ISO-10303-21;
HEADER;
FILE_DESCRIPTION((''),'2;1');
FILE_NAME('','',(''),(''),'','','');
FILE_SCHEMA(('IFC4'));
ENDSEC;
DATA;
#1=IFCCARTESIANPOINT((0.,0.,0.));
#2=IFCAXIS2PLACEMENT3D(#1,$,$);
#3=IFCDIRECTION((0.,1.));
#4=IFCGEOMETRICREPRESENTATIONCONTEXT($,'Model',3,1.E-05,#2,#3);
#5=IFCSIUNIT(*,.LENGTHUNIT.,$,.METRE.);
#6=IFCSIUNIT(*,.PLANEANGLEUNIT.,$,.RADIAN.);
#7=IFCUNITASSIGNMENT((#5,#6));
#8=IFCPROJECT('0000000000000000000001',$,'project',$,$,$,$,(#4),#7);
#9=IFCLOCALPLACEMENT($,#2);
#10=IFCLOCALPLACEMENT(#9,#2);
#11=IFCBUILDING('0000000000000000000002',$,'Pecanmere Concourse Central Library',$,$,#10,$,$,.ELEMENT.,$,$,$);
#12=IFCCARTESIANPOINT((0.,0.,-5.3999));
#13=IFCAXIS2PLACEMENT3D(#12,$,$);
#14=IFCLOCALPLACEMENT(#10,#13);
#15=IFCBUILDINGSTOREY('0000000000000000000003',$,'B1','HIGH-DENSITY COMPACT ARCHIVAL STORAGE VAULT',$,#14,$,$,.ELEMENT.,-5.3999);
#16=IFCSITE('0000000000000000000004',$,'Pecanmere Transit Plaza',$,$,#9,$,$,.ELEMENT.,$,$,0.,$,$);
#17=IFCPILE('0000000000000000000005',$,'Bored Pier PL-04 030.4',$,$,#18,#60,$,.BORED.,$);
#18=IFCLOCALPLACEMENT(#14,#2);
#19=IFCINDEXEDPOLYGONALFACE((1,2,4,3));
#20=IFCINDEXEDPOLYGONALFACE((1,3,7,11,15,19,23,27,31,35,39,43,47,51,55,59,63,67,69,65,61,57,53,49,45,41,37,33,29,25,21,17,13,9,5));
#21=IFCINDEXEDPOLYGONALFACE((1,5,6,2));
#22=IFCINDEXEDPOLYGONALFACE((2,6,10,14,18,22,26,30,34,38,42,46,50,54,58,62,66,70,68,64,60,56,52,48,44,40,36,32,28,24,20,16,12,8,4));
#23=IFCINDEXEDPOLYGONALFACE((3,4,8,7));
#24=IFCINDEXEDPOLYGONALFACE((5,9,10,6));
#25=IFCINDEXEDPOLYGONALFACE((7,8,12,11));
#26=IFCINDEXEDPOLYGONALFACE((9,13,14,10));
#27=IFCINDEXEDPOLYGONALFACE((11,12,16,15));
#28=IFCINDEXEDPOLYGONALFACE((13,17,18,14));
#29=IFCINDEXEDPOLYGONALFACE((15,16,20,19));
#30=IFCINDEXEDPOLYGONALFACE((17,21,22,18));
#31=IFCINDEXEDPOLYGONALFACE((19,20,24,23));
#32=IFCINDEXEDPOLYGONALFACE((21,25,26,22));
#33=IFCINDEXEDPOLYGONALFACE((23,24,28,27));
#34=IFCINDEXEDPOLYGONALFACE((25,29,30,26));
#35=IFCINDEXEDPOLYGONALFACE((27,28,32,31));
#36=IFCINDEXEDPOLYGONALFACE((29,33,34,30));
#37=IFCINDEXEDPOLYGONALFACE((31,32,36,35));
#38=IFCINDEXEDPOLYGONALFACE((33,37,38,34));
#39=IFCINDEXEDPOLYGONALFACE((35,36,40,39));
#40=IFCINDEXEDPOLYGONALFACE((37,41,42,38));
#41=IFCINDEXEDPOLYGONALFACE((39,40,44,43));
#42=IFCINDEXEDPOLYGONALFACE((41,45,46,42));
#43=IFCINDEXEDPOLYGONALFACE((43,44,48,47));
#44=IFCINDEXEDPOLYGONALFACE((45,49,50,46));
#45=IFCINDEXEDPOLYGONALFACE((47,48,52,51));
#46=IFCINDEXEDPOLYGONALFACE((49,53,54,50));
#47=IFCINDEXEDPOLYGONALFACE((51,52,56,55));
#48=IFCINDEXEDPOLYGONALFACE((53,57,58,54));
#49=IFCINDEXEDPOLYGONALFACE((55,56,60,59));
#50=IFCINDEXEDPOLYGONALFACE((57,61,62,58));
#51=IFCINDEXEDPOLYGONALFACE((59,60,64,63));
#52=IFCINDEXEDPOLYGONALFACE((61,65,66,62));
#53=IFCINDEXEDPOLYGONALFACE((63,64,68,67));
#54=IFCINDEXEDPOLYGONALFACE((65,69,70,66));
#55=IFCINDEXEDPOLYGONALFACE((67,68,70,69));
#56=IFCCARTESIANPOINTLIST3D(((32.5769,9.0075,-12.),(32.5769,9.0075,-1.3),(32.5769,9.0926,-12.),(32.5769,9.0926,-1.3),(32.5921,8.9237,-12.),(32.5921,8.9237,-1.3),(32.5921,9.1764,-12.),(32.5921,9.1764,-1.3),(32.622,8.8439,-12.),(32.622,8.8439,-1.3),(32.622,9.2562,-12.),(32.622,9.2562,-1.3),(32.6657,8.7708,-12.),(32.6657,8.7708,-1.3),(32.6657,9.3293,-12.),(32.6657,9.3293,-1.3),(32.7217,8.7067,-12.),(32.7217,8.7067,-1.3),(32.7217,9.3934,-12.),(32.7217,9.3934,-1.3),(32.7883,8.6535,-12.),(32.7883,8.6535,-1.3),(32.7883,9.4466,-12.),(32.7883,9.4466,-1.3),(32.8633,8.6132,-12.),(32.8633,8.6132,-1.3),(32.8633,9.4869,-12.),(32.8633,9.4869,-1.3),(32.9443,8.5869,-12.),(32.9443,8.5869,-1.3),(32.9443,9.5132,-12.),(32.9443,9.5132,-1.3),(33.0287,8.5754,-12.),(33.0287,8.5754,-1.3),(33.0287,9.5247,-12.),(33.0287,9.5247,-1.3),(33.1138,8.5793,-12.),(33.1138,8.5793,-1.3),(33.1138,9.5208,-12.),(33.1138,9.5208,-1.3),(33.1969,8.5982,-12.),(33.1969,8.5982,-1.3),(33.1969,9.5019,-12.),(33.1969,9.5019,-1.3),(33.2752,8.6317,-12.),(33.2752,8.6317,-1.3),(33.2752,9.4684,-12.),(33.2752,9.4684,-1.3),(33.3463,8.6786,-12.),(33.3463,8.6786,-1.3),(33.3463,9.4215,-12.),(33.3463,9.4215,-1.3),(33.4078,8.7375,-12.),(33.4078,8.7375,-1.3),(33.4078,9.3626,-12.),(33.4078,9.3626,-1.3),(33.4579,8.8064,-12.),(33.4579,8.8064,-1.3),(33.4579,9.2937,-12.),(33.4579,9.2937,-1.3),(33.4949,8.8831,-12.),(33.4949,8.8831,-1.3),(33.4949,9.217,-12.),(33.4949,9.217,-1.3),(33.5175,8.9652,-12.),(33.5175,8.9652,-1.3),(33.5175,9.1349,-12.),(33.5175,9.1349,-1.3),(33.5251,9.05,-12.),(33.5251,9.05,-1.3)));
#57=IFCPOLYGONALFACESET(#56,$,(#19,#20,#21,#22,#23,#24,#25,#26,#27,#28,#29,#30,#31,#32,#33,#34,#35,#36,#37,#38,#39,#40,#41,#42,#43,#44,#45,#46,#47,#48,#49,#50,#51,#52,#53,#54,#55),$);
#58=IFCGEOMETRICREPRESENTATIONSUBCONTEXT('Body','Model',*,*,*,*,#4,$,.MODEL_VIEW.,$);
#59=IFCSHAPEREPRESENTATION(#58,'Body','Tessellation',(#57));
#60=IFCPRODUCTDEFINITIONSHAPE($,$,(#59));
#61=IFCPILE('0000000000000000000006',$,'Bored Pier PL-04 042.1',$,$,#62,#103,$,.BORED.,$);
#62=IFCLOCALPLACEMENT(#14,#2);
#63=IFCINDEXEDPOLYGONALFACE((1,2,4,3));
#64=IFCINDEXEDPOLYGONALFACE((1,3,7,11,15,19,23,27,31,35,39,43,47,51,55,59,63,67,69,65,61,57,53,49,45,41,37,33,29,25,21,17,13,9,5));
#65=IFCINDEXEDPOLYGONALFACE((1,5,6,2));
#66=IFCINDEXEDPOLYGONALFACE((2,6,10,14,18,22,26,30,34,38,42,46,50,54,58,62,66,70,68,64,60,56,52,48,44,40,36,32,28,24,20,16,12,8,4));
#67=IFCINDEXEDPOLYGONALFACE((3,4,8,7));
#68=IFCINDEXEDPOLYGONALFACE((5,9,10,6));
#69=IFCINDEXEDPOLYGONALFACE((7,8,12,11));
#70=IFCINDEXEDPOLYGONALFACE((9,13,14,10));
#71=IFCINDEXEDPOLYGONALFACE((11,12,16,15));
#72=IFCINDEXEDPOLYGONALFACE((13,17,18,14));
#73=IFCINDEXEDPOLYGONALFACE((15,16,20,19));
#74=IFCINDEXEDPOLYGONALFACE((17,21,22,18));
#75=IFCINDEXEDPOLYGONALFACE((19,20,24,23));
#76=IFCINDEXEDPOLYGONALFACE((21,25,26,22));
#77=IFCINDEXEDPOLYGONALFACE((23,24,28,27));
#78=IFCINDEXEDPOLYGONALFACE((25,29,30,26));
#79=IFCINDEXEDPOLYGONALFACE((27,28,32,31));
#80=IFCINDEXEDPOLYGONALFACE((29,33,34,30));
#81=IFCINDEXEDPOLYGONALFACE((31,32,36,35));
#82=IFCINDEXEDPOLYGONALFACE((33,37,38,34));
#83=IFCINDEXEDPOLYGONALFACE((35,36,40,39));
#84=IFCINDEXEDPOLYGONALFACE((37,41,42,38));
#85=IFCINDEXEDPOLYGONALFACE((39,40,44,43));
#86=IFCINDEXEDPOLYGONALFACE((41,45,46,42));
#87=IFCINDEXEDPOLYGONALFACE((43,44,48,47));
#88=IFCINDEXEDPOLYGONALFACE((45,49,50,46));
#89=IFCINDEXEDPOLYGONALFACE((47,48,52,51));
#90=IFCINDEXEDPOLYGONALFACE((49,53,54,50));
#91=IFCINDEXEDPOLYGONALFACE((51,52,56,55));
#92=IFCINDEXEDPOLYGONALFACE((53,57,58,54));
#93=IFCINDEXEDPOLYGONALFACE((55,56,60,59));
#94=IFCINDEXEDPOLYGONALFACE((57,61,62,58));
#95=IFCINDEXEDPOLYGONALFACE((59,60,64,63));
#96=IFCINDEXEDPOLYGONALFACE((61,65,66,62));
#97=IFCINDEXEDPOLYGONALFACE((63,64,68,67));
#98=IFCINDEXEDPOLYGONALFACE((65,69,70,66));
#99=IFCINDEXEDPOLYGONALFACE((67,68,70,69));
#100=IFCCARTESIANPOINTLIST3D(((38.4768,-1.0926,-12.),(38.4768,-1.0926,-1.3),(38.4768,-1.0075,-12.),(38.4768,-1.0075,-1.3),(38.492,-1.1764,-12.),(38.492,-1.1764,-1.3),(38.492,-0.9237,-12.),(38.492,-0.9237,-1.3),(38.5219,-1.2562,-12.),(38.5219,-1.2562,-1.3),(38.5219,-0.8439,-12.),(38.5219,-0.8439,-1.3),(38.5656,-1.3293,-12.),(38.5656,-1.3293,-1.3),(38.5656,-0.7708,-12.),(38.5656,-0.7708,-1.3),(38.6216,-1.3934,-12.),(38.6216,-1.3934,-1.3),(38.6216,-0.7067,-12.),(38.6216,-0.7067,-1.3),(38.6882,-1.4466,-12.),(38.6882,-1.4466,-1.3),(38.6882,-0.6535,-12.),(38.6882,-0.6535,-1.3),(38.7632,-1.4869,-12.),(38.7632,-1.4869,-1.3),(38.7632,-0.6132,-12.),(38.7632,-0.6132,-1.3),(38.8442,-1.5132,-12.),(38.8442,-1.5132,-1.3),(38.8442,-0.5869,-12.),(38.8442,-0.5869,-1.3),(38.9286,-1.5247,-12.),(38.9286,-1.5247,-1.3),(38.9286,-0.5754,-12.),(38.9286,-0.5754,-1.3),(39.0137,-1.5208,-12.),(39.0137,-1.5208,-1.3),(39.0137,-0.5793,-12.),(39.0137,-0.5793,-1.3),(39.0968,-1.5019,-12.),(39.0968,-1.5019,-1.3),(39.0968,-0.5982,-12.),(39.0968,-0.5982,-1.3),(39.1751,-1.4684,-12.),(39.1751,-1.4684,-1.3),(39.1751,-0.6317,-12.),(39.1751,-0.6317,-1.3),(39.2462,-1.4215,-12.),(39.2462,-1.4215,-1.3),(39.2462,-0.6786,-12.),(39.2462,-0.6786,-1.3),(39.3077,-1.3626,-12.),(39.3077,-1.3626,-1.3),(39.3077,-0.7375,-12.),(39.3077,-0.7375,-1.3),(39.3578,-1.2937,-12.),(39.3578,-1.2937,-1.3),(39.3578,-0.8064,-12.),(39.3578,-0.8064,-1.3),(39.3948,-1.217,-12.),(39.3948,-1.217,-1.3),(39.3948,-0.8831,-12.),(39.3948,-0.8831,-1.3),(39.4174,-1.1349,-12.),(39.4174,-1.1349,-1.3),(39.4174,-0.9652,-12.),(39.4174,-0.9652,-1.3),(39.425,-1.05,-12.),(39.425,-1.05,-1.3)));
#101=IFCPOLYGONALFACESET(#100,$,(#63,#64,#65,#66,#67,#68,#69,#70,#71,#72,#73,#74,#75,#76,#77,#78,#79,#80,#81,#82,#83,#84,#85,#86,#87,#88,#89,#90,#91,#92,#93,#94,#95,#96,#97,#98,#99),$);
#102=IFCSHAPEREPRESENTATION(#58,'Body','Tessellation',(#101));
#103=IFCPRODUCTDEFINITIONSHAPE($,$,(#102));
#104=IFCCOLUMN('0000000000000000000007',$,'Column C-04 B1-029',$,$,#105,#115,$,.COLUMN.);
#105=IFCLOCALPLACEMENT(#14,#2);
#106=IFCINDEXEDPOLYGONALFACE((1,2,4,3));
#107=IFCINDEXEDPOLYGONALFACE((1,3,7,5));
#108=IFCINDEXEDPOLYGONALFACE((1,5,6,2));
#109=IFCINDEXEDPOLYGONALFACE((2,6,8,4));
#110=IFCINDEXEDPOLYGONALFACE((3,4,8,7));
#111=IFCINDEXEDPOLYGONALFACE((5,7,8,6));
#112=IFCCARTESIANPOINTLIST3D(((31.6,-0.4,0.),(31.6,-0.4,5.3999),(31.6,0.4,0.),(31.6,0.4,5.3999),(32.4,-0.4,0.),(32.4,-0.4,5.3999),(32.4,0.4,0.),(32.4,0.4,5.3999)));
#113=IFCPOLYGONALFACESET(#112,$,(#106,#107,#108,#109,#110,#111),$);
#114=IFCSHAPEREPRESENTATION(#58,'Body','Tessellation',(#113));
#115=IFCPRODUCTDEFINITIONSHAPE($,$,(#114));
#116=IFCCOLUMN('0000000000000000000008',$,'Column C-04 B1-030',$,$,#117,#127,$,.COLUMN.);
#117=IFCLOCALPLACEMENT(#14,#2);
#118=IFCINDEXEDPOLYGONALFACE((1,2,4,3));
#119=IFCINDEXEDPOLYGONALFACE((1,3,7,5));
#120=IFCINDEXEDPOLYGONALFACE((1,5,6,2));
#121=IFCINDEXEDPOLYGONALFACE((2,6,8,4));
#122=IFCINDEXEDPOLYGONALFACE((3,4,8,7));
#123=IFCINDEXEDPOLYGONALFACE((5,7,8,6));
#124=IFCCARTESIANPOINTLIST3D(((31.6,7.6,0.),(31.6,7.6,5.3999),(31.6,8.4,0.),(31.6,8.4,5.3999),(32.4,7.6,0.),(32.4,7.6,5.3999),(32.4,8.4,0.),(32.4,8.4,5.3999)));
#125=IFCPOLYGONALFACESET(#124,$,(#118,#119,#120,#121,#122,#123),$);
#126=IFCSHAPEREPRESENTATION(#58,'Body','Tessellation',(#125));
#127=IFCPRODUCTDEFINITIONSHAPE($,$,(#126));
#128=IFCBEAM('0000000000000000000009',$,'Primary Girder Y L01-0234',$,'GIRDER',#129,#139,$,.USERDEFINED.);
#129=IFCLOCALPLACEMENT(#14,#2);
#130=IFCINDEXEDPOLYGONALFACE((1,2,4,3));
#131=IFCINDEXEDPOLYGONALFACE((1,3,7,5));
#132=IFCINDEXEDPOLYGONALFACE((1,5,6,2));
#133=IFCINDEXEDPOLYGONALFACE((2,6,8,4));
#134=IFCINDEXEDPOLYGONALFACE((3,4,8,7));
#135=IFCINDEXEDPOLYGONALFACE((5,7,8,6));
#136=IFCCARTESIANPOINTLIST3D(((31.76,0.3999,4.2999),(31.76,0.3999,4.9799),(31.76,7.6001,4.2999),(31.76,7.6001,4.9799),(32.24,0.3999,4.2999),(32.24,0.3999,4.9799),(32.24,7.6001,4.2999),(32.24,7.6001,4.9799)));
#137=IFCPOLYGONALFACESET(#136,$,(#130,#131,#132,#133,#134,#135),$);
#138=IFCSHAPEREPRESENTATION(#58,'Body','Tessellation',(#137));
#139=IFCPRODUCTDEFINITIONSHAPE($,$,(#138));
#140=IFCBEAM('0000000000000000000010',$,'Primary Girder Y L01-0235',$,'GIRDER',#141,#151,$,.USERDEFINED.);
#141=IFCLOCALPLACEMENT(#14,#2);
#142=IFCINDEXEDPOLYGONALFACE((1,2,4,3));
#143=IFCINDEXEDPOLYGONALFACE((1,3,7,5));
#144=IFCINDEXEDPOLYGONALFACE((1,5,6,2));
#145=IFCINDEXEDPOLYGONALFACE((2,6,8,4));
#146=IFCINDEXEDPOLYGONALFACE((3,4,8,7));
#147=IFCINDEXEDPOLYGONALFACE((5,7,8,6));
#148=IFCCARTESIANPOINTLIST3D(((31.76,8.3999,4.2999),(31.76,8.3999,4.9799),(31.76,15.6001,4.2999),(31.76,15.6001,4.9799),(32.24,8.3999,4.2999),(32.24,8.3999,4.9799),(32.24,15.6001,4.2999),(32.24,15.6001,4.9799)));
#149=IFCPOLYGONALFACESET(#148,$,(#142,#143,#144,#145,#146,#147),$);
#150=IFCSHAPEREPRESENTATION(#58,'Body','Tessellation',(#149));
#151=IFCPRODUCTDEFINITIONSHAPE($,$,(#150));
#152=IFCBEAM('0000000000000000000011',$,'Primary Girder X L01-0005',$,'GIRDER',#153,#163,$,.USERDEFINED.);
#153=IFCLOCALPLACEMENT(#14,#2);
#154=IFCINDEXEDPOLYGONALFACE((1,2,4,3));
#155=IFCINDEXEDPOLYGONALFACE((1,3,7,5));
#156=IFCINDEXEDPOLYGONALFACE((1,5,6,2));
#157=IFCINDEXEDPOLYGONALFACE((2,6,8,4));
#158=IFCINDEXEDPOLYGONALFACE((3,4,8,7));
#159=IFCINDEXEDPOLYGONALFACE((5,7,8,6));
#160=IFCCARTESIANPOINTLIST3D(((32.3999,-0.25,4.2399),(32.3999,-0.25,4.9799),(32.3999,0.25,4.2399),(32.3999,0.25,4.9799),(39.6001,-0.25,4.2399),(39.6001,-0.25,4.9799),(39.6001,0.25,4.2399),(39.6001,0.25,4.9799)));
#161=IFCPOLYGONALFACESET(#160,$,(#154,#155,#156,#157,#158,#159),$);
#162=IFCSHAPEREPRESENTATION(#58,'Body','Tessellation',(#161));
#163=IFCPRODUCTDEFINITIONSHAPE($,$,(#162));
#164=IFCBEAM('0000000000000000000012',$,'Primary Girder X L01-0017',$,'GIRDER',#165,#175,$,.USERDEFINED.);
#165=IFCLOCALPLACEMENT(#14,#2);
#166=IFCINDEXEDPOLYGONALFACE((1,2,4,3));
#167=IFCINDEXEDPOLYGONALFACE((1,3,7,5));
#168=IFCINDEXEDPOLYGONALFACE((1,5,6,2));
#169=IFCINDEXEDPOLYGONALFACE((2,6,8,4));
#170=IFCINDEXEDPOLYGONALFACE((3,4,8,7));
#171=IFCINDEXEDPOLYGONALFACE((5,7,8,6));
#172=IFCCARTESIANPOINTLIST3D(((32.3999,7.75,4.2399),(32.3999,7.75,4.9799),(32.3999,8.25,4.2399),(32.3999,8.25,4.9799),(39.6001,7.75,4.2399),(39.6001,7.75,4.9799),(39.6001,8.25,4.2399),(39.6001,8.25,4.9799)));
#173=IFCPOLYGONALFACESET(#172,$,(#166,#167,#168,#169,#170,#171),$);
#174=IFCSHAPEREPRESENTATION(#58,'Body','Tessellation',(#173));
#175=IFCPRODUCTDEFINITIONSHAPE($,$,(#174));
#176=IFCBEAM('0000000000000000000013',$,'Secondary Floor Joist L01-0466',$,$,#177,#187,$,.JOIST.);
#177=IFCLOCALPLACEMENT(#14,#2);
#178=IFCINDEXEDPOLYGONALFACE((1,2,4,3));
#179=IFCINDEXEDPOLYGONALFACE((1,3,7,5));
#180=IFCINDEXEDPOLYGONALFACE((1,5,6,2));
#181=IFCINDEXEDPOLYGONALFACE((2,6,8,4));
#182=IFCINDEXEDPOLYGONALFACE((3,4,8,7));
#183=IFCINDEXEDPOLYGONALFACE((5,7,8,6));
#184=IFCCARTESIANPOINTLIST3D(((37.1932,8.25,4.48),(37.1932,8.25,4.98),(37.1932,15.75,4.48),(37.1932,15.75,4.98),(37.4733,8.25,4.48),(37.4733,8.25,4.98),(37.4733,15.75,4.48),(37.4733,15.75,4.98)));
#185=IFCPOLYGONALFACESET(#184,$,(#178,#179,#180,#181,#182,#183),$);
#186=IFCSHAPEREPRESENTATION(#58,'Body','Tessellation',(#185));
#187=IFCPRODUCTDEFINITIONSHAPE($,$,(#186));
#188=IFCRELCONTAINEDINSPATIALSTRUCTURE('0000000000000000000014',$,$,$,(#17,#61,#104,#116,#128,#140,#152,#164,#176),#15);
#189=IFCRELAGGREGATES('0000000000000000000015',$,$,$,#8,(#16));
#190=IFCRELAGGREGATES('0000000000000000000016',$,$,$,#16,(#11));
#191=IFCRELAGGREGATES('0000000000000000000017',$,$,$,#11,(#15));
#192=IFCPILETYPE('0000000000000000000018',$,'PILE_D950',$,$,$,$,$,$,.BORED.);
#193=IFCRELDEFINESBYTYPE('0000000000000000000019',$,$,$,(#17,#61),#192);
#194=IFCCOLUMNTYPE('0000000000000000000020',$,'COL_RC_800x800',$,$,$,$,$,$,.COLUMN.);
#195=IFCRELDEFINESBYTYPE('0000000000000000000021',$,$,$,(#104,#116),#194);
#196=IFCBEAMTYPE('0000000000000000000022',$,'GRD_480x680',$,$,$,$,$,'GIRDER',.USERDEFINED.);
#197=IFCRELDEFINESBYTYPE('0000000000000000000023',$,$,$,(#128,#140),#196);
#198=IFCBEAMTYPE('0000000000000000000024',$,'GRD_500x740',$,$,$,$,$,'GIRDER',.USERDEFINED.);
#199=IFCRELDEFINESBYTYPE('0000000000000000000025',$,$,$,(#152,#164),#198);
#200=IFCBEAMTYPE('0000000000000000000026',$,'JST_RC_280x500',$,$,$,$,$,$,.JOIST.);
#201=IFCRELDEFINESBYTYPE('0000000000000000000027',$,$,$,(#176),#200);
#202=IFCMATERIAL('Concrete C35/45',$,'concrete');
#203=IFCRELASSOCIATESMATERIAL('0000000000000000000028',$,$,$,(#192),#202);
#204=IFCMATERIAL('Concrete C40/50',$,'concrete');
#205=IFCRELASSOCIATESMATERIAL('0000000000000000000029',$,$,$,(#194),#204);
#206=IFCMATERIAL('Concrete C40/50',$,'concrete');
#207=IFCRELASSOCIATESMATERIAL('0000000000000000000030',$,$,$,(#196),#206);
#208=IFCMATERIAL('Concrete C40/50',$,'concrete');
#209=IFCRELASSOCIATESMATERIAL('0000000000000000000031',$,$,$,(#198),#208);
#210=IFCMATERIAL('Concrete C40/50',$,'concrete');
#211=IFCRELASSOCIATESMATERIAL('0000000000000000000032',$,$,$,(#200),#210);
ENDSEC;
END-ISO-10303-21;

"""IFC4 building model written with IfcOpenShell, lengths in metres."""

from ifc_helpers import new_model, si_unit, direction, frame, origin, origin_2d, place, context, subcontext, project, spatial, rectangle, circle, extrude, material, material_profile, profile_set, type_object, element, save


model = new_model("IFC4")

# Units and contexts
model_context = context("Model", 3, precision=1e-05, world=origin(), true_north=direction((0.0, 1.0)))
body_context = subcontext(model_context, "Body", "Model", "MODEL_VIEW")
ifc_project = project(units=[si_unit("LENGTHUNIT", "METRE"), si_unit("PLANEANGLEUNIT", "RADIAN")], contexts=[model_context])

# Site, building, storey
site_placement = place(None, origin())
site = spatial("IfcSite", under=ifc_project, at=site_placement, Name="Pecanmere Transit Plaza", CompositionType="ELEMENT", RefElevation=0.0)
building_placement = place(site_placement, origin())
building = spatial("IfcBuilding", under=site, at=building_placement, Name="Pecanmere Concourse Central Library", CompositionType="ELEMENT")
storey_placement = place(building_placement, frame((0.0, 0.0, -5.3999)))
storey = spatial("IfcBuildingStorey", under=building, at=storey_placement, Name="B1", Description="HIGH-DENSITY COMPACT ARCHIVAL STORAGE VAULT", CompositionType="ELEMENT", Elevation=-5.3999)

# Piles
ifc_material_1 = material(Name="Concrete C35/45", Category="concrete")
ifc_material_profile_1 = material_profile(ifc_material_1, circle(Radius=0.4751, at=origin_2d()), Name="PIER D950")
ifc_profile_set_1 = profile_set([ifc_material_profile_1], Name="Concrete C35/45")
pile_type = type_object("IfcPileType", Name="PILE_D950", PredefinedType="BORED", material=ifc_profile_set_1)
for number, where, z_axis, x_axis, name in (
    (1, (33.05, 9.05, -1.3), (0.0, 0.0, -1.0), (1.0, 0.0, 0.0), "Bored Pier PL-04 030.4"),
    (2, (38.95, -1.05, -1.3), (0.0, 0.0, -1.0), (1.0, 0.0, 0.0), "Bored Pier PL-04 042.1"),
):
    element("IfcPile", number, at=place(storey_placement, frame(where, z_axis=z_axis, x_axis=x_axis)), inside=storey, type_object=pile_type, Name=name, PredefinedType="BORED", context=body_context, shape_type="SweptSolid", body=[
        extrude(circle(Radius=0.4751, at=origin_2d()), origin(), (0.0, 0.0, 1.0), 10.7),
    ])

# Columns
ifc_material_2 = material(Name="Concrete C40/50", Category="concrete")
ifc_material_profile_2 = material_profile(ifc_material_2, rectangle(XDim=0.8, YDim=0.8, at=origin_2d()), Name="RC 800x800")
ifc_profile_set_2 = profile_set([ifc_material_profile_2], Name="Concrete C40/50")
column_type = type_object("IfcColumnType", Name="COL_RC_800x800", PredefinedType="COLUMN", material=ifc_profile_set_2)
for number, where, z_axis, x_axis, name in (
    (3, (32.0, 0.0, 0.0), (0.0, 0.0, 1.0), (1.0, 0.0, 0.0), "Column C-04 B1-029"),
    (4, (32.0, 8.0, 0.0), (0.0, 0.0, 1.0), (1.0, 0.0, 0.0), "Column C-04 B1-030"),
):
    element("IfcColumn", number, at=place(storey_placement, frame(where, z_axis=z_axis, x_axis=x_axis)), inside=storey, type_object=column_type, Name=name, PredefinedType="COLUMN", context=body_context, shape_type="SweptSolid", body=[
        extrude(rectangle(XDim=0.8, YDim=0.8, at=origin_2d()), origin(), (0.0, 0.0, 1.0), 5.3999),
    ])

# Beams
ifc_material_3 = material(Name="Concrete C40/50", Category="concrete")
ifc_material_profile_3 = material_profile(ifc_material_3, rectangle(XDim=0.48, YDim=0.6799, at=origin_2d()), Name="RC 480x680")
ifc_profile_set_3 = profile_set([ifc_material_profile_3], Name="Concrete C40/50")
beam_type_1 = type_object("IfcBeamType", Name="GRD_480x680", ElementType="GIRDER", PredefinedType="USERDEFINED", material=ifc_profile_set_3)
for number, where, z_axis, x_axis, name in (
    (5, (32.0, 0.3999, 4.6399), (0.0, 1.0, 0.0), (-1.0, 0.0, 0.0), "Primary Girder Y L01-0234"),
    (6, (32.0, 8.3999, 4.6399), (0.0, 1.0, 0.0), (-1.0, 0.0, 0.0), "Primary Girder Y L01-0235"),
):
    element("IfcBeam", number, at=place(storey_placement, frame(where, z_axis=z_axis, x_axis=x_axis)), inside=storey, type_object=beam_type_1, Name=name, ObjectType="GIRDER", PredefinedType="USERDEFINED", context=body_context, shape_type="SweptSolid", body=[
        extrude(rectangle(XDim=0.48, YDim=0.6799, at=origin_2d()), origin(), (0.0, 0.0, 1.0), 7.2002),
    ])
ifc_material_4 = material(Name="Concrete C40/50", Category="concrete")
ifc_material_profile_4 = material_profile(ifc_material_4, rectangle(XDim=0.5, YDim=0.74, at=origin_2d()), Name="RC 500x740")
ifc_profile_set_4 = profile_set([ifc_material_profile_4], Name="Concrete C40/50")
beam_type_2 = type_object("IfcBeamType", Name="GRD_500x740", ElementType="GIRDER", PredefinedType="USERDEFINED", material=ifc_profile_set_4)
for number, where, z_axis, x_axis, name in (
    (7, (32.3999, 0.0, 4.6099), (1.0, 0.0, 0.0), (0.0, 1.0, 0.0), "Primary Girder X L01-0005"),
    (8, (32.3999, 8.0, 4.6099), (1.0, 0.0, 0.0), (0.0, 1.0, 0.0), "Primary Girder X L01-0017"),
):
    element("IfcBeam", number, at=place(storey_placement, frame(where, z_axis=z_axis, x_axis=x_axis)), inside=storey, type_object=beam_type_2, Name=name, ObjectType="GIRDER", PredefinedType="USERDEFINED", context=body_context, shape_type="SweptSolid", body=[
        extrude(rectangle(XDim=0.5, YDim=0.74, at=origin_2d()), origin(), (0.0, 0.0, 1.0), 7.2002),
    ])
ifc_material_5 = material(Name="Concrete C40/50", Category="concrete")
ifc_material_profile_5 = material_profile(ifc_material_5, rectangle(XDim=0.28, YDim=0.5, at=origin_2d()), Name="RC 280x500")
ifc_profile_set_5 = profile_set([ifc_material_profile_5], Name="Concrete C40/50")
beam_type_3 = type_object("IfcBeamType", Name="JST_RC_280x500", PredefinedType="JOIST", material=ifc_profile_set_5)
beam_1_placement = place(storey_placement, frame((37.3333, 8.25, 4.73), z_axis=(0.0, 1.0, 0.0), x_axis=(-1.0, 0.0, 0.0)))
element("IfcBeam", 9, at=beam_1_placement, inside=storey, type_object=beam_type_3, Name="Secondary Floor Joist L01-0466", PredefinedType="JOIST", context=body_context, shape_type="SweptSolid", body=[
    extrude(rectangle(XDim=0.28, YDim=0.5, at=origin_2d()), origin(), (0.0, 0.0, 1.0), 7.5),
])

save(model, "model.ifc")
